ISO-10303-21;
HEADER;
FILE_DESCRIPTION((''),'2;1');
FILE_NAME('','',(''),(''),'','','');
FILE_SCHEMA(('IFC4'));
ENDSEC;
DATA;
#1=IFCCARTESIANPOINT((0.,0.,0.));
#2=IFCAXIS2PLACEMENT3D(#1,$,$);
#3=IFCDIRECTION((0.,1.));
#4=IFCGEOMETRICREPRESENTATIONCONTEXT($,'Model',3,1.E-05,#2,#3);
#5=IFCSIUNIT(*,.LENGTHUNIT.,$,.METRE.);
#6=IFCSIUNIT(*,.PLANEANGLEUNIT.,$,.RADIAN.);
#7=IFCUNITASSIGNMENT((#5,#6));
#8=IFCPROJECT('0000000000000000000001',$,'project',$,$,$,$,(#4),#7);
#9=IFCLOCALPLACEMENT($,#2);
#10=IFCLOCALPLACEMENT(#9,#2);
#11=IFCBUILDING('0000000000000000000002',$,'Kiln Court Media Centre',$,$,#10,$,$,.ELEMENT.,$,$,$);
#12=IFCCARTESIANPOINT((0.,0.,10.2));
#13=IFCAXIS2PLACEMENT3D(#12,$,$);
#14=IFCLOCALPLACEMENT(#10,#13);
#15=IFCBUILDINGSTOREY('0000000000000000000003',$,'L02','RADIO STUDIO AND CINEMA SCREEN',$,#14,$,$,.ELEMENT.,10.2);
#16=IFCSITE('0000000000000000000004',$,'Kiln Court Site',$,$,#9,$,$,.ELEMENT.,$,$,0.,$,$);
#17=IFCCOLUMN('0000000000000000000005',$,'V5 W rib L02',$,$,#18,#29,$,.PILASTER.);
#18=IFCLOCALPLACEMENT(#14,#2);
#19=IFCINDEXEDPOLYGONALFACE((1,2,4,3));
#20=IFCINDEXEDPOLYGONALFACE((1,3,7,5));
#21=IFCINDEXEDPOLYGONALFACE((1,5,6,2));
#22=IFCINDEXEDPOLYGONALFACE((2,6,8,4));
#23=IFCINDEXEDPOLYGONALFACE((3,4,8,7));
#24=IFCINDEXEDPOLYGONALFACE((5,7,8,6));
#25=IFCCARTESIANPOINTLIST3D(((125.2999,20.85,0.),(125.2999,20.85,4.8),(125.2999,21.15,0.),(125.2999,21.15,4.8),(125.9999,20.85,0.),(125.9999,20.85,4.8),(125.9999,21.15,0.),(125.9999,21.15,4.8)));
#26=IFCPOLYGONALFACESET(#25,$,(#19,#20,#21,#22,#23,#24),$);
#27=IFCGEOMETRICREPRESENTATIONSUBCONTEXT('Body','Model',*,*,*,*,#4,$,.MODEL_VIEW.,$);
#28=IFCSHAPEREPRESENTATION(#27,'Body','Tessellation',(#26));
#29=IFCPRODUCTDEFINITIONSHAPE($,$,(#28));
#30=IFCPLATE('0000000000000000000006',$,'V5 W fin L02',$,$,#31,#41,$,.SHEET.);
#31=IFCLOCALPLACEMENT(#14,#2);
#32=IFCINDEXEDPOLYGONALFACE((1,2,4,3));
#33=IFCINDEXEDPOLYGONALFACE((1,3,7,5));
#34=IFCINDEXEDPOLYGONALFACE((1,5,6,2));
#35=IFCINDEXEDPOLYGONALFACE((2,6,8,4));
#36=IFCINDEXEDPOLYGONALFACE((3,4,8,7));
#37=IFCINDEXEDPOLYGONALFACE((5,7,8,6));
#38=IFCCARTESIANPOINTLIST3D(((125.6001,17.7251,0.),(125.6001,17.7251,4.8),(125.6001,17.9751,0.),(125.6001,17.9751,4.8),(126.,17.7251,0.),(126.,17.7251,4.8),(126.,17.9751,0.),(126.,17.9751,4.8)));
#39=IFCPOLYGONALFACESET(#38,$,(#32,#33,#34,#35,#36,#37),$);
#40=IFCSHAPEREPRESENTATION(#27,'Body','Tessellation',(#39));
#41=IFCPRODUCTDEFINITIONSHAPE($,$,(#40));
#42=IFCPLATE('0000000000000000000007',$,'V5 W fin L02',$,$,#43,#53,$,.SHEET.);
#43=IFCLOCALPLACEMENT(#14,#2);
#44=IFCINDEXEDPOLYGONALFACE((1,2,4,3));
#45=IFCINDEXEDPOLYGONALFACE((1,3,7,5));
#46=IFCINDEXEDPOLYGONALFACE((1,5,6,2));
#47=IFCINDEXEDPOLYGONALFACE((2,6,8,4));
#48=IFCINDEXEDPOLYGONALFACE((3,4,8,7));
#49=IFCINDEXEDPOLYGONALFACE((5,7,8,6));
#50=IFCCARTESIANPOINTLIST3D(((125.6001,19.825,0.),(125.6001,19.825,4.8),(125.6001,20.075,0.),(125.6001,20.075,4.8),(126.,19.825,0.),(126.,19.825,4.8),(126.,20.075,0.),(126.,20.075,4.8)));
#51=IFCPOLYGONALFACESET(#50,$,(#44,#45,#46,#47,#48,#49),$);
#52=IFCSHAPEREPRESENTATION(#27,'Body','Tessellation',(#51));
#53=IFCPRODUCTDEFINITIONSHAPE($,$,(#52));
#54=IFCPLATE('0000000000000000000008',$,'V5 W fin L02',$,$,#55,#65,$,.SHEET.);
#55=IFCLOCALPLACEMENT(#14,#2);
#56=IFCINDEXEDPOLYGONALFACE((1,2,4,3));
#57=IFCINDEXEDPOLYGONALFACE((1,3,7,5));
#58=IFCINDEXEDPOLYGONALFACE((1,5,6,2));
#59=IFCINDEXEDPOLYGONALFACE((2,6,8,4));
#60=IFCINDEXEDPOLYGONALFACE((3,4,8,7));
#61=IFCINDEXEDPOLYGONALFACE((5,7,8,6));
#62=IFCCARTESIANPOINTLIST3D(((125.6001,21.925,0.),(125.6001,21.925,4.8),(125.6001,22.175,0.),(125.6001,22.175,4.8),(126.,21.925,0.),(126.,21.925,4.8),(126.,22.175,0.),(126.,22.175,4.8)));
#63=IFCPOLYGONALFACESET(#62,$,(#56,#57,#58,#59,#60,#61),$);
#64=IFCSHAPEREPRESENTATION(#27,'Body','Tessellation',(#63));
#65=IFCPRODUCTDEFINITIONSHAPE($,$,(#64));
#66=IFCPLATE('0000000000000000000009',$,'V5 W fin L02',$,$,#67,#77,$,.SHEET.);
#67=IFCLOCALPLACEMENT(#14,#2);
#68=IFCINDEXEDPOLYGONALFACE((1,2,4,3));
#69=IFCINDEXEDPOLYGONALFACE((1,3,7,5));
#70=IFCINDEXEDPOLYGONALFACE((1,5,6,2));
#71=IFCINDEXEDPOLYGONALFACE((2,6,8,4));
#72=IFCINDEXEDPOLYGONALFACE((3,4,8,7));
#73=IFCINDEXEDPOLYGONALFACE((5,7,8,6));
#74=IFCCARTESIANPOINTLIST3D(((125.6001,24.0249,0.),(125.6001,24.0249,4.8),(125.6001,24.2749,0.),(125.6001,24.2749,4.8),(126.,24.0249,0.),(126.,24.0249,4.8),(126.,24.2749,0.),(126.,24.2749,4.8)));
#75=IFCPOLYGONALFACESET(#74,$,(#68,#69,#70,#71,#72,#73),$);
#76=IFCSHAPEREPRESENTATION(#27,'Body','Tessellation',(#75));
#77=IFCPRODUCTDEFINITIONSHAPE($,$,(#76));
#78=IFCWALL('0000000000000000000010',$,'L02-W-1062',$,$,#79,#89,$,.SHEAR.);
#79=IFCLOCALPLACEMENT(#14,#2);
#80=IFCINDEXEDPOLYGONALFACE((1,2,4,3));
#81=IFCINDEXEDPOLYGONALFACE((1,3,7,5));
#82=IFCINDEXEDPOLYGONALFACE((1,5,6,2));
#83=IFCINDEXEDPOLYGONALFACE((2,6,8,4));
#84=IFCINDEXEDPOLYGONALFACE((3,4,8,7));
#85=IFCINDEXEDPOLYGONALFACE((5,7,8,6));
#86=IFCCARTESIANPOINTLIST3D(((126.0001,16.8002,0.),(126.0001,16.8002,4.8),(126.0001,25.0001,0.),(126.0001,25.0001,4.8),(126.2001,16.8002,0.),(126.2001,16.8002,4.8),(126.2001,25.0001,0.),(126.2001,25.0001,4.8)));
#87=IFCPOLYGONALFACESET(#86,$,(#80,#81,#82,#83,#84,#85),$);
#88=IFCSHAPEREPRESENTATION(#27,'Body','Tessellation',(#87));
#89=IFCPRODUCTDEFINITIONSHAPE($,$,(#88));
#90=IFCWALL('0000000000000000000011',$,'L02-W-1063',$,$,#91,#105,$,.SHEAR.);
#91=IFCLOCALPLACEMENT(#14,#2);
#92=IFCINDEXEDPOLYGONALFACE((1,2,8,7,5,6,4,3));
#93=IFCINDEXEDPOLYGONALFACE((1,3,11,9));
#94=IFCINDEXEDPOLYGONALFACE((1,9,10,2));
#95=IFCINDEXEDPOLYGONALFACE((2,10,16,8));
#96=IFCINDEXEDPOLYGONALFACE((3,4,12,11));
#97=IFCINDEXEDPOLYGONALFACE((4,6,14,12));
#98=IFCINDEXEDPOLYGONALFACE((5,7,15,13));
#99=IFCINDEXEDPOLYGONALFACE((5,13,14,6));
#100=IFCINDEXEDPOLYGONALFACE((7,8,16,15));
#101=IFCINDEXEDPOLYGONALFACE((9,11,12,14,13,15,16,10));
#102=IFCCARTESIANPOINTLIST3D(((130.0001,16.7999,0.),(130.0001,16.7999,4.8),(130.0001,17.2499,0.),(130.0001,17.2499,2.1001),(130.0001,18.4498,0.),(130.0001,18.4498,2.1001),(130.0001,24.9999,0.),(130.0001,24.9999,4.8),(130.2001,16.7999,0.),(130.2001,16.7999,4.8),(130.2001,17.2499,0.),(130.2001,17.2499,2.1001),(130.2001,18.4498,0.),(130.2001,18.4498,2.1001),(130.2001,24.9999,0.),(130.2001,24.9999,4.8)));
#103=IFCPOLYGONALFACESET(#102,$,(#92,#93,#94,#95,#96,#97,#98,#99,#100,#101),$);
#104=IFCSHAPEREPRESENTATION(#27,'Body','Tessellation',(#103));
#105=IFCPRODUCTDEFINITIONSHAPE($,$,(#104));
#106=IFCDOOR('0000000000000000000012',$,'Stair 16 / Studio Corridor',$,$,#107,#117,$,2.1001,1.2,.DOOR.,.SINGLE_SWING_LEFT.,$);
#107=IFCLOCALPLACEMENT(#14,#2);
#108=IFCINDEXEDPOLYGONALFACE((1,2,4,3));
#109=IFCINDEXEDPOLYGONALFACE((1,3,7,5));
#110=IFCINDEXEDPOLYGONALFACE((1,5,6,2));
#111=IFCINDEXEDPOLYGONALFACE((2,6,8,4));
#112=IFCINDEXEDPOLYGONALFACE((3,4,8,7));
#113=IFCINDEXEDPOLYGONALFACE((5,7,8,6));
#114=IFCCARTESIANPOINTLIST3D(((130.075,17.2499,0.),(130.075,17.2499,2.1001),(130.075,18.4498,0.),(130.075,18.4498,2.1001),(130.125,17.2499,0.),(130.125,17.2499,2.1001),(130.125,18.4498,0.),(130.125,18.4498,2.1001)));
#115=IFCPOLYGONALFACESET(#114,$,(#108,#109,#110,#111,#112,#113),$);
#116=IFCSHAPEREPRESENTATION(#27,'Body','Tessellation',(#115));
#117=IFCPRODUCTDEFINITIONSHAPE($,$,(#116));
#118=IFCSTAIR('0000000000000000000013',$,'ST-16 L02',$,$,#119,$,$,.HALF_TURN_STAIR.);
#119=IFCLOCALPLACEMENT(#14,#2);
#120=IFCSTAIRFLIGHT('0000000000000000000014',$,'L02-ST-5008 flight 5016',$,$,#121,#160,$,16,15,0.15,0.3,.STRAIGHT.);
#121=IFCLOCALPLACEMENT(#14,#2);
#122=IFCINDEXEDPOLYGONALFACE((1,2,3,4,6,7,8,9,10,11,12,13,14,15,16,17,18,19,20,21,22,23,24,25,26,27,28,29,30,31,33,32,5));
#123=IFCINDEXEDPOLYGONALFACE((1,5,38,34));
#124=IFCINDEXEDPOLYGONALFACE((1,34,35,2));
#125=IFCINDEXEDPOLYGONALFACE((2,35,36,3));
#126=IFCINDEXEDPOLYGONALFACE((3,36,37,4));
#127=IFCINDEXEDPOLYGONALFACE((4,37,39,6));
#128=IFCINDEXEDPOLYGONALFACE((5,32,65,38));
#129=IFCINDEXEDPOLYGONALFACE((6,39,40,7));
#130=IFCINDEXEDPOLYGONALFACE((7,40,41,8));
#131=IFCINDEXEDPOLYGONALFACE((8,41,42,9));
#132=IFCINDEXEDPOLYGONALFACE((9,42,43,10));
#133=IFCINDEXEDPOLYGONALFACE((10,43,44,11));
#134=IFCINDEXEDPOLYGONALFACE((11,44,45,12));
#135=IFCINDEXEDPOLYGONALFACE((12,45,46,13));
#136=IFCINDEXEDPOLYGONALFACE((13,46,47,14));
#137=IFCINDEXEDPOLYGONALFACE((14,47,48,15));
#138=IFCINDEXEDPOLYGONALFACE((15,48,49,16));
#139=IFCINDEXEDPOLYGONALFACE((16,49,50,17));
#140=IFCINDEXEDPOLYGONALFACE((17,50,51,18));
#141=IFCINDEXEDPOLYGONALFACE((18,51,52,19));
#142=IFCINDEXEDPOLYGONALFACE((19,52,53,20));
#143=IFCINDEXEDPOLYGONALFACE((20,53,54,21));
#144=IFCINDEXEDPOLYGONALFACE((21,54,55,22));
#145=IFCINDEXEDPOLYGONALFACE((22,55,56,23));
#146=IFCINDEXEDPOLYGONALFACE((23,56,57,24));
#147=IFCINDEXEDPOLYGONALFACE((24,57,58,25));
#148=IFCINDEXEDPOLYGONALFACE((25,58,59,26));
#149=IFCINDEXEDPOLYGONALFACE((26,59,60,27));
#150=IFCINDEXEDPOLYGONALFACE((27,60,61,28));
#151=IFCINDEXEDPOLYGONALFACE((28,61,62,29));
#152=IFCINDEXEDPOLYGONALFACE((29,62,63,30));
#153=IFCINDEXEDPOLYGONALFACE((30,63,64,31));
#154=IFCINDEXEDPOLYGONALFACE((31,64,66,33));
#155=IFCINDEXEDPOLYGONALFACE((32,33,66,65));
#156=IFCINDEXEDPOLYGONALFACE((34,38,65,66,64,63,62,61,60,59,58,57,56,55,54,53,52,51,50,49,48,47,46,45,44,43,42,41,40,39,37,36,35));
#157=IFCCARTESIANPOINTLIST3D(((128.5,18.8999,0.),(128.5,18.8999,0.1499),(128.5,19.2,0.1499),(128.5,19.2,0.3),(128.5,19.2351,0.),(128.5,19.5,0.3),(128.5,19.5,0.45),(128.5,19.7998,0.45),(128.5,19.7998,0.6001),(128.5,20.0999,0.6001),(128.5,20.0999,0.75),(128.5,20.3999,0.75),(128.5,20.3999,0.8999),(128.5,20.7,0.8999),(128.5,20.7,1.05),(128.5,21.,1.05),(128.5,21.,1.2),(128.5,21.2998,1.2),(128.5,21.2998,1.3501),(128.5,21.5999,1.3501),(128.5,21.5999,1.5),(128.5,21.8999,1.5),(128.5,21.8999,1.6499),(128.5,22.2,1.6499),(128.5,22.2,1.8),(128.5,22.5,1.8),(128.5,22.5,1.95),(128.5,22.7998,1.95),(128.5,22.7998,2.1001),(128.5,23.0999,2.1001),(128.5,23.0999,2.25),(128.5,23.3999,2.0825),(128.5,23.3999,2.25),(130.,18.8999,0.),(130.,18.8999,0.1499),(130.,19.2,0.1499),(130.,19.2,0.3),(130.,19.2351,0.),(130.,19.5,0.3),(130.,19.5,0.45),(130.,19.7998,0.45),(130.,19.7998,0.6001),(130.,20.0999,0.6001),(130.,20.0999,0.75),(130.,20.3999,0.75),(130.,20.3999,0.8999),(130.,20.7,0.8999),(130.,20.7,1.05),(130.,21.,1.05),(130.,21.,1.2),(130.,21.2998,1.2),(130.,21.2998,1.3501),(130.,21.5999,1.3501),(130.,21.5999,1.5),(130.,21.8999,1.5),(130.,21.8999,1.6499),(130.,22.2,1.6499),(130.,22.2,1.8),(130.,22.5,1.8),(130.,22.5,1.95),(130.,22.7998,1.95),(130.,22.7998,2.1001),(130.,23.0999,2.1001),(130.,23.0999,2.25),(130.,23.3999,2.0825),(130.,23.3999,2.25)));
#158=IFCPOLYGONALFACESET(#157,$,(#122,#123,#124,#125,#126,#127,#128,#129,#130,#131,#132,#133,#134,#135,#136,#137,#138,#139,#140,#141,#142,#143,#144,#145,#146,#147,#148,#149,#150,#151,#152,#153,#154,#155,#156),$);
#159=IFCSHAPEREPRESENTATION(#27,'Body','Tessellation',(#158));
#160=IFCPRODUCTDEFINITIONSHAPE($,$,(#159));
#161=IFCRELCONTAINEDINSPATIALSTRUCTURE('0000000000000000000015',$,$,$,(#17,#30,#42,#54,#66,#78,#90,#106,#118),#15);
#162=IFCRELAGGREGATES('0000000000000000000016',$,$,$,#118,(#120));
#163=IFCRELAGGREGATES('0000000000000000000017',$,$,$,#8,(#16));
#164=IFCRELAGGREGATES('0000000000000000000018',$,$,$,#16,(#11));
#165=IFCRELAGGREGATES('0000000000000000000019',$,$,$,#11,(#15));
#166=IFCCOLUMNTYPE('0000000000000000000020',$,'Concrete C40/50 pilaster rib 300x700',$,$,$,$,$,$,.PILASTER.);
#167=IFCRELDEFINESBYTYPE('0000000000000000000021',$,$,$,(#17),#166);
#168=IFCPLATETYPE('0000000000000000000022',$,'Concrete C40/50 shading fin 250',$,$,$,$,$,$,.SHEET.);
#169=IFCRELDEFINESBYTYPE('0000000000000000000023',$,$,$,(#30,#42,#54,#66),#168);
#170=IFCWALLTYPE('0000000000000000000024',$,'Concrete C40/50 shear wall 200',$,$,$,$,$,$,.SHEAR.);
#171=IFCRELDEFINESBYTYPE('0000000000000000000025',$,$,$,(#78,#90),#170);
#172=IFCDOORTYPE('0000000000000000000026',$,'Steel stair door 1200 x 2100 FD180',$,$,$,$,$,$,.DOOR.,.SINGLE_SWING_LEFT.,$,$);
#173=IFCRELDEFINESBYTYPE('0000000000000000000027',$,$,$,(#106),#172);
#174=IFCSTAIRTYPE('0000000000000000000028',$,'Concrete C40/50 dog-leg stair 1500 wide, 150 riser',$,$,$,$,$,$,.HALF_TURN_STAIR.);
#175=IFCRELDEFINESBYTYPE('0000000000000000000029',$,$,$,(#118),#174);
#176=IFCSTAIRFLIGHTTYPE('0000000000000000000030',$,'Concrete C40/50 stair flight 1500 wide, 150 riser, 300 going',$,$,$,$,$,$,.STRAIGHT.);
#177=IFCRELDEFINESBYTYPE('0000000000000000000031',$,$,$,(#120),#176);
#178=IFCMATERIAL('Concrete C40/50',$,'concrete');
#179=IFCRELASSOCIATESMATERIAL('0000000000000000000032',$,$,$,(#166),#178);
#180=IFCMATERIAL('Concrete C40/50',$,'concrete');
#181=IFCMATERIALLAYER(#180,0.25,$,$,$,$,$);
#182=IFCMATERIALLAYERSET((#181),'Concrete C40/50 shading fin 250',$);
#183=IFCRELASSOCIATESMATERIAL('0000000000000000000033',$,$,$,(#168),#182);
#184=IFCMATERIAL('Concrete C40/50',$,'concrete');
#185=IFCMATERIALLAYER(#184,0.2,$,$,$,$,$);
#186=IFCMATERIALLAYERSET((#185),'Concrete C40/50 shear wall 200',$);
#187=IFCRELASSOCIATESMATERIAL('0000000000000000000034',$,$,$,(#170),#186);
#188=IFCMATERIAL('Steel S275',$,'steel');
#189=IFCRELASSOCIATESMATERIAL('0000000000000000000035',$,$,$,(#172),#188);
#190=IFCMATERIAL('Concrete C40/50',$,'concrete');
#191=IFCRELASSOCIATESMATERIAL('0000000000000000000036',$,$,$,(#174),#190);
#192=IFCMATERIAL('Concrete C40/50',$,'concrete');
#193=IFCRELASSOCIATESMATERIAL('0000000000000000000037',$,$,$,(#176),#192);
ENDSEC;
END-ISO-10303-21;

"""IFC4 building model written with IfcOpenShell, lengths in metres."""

from ifc_helpers import new_model, si_unit, direction, frame, frame_2d, origin, origin_2d, place, context, subcontext, project, spatial, polyline, rectangle, outline, extrude, material, layer, layer_set, material_profile, profile_set, type_object, element, fill, aggregate, save


model = new_model("IFC4")

# Units and contexts
model_context = context("Model", 3, precision=1e-05, world=origin(), true_north=direction((0.0, 1.0)))
body_context = subcontext(model_context, "Body", "Model", "MODEL_VIEW")
ifc_project = project(units=[si_unit("LENGTHUNIT", "METRE"), si_unit("PLANEANGLEUNIT", "RADIAN")], contexts=[model_context])

# Site, building, storey
site_placement = place(None, origin())
site = spatial("IfcSite", under=ifc_project, at=site_placement, Name="Kiln Court Site", CompositionType="ELEMENT", RefElevation=0.0)
building_placement = place(site_placement, origin())
building = spatial("IfcBuilding", under=site, at=building_placement, Name="Kiln Court Media Centre", CompositionType="ELEMENT")
storey_placement = place(building_placement, frame((0.0, 0.0, 10.2)))
storey = spatial("IfcBuildingStorey", under=building, at=storey_placement, Name="L02", Description="RADIO STUDIO AND CINEMA SCREEN", CompositionType="ELEMENT", Elevation=10.2)

# Column
ifc_material_1 = material(Name="Concrete C40/50", Category="concrete")
ifc_material_profile = material_profile(ifc_material_1, rectangle(XDim=0.3, YDim=0.7, at=origin_2d()), Name="RC 300x700")
ifc_profile_set = profile_set([ifc_material_profile], Name="Concrete C40/50")
column_type = type_object("IfcColumnType", Name="Concrete C40/50 pilaster rib 300x700", PredefinedType="PILASTER", material=ifc_profile_set)
column_placement = place(storey_placement, frame((125.6499, 21.0, 0.0), z_axis=(0.0, 0.0, 1.0), x_axis=(0.0, 1.0, 0.0)))
element("IfcColumn", 1, at=column_placement, inside=storey, type_object=column_type, Name="V5 W rib L02", PredefinedType="PILASTER", context=body_context, shape_type="SweptSolid", body=[
    extrude(rectangle(XDim=0.3, YDim=0.7, at=origin_2d()), origin(), (0.0, 0.0, 1.0), 4.8),
])

# Plates
ifc_material_2 = material(Name="Concrete C40/50", Category="concrete")
ifc_layer_1 = layer(ifc_material_2, 0.25)
ifc_layer_set_1 = layer_set([ifc_layer_1], Name="Concrete C40/50 shading fin 250")
plate_type = type_object("IfcPlateType", Name="Concrete C40/50 shading fin 250", PredefinedType="SHEET", material=ifc_layer_set_1)
for number, where, z_axis, x_axis, name in (
    (2, (125.8, 17.8501, 0.0), (0.0, 0.0, 1.0), (1.0, 0.0, 0.0), "V5 W fin L02"),
    (3, (125.8, 19.95, 0.0), (0.0, 0.0, 1.0), (1.0, 0.0, 0.0), "V5 W fin L02"),
    (4, (125.8, 22.05, 0.0), (0.0, 0.0, 1.0), (1.0, 0.0, 0.0), "V5 W fin L02"),
    (5, (125.8, 24.1499, 0.0), (0.0, 0.0, 1.0), (1.0, 0.0, 0.0), "V5 W fin L02"),
):
    element("IfcPlate", number, at=place(storey_placement, frame(where, z_axis=z_axis, x_axis=x_axis)), inside=storey, type_object=plate_type, Name=name, PredefinedType="SHEET", context=body_context, shape_type="SweptSolid", body=[
        extrude(rectangle(XDim=0.3999, YDim=0.25, at=origin_2d()), origin(), (0.0, 0.0, 1.0), 4.8),
    ])

# Wall
ifc_material_3 = material(Name="Concrete C40/50", Category="concrete")
ifc_layer_2 = layer(ifc_material_3, 0.2)
ifc_layer_set_2 = layer_set([ifc_layer_2], Name="Concrete C40/50 shear wall 200")
wall_type = type_object("IfcWallType", Name="Concrete C40/50 shear wall 200", PredefinedType="SHEAR", material=ifc_layer_set_2)
wall_1_placement = place(storey_placement, frame((126.1001, 16.8, 0.0), z_axis=(0.0, 0.0, 1.0), x_axis=(0.0, 1.0, 0.0)))
element("IfcWall", 6, at=wall_1_placement, inside=storey, type_object=wall_type, Name="L02-W-1062", PredefinedType="SHEAR", context=body_context, shape_type="SweptSolid", body=[
    extrude(rectangle(XDim=8.2, YDim=0.2, at=frame_2d((4.1001, 0.0))), origin(), (0.0, 0.0, 1.0), 4.8),
])

# Wall, opening, door
wall_2_placement = place(storey_placement, frame((130.1001, 25.0, 0.0), z_axis=(0.0, 0.0, 1.0), x_axis=(0.0, -1.0, 0.0)))
wall_2 = element("IfcWall", 7, at=wall_2_placement, inside=storey, type_object=wall_type, Name="L02-W-1063", PredefinedType="SHEAR", context=body_context, shape_type="SweptSolid", body=[
    extrude(rectangle(XDim=8.2, YDim=0.2, at=frame_2d((4.1001, 0.0))), origin(), (0.0, 0.0, 1.0), 4.8),
])
opening_placement = place(wall_2_placement, frame((6.55, 0.0, 0.0)))
opening = element("IfcOpeningElement", 8, at=opening_placement, cuts=wall_2, PredefinedType="OPENING", context=body_context, shape_type="SweptSolid", body=[
    extrude(rectangle(XDim=1.2, YDim=2.1001, at=frame_2d((0.6001, 1.05))), frame((0.0, 0.1099, 0.0), z_axis=(0.0, -1.0, 0.0), x_axis=(1.0, 0.0, 0.0)), (0.0, 0.0, 1.0), 0.22),
])
ifc_material_4 = material(Name="Steel S275", Category="steel")
door_type = type_object("IfcDoorType", Name="Steel stair door 1200 x 2100 FD180", OperationType="SINGLE_SWING_LEFT", PredefinedType="DOOR", material=ifc_material_4)
door_placement = place(opening_placement, origin())
door = element("IfcDoor", 9, at=door_placement, inside=storey, type_object=door_type, Name="Stair 16 / Studio Corridor", OperationType="SINGLE_SWING_LEFT", OverallHeight=2.1001, OverallWidth=1.2, PredefinedType="DOOR", context=body_context, shape_type="SweptSolid", body=[
    extrude(rectangle(XDim=1.2, YDim=2.1001, at=frame_2d((0.6001, 1.05))), frame((0.0, 0.0249, 0.0), z_axis=(0.0, -1.0, 0.0), x_axis=(1.0, 0.0, 0.0)), (0.0, 0.0, 1.0), 0.05),
])
fill(opening, door)

# Stair, stair flight
ifc_material_5 = material(Name="Concrete C40/50", Category="concrete")
stair_type = type_object("IfcStairType", Name="Concrete C40/50 dog-leg stair 1500 wide, 150 riser", PredefinedType="HALF_TURN_STAIR", material=ifc_material_5)
stair_placement = place(storey_placement, origin())
stair = element("IfcStair", 10, at=stair_placement, inside=storey, type_object=stair_type, Name="ST-16 L02", PredefinedType="HALF_TURN_STAIR")
ifc_material_6 = material(Name="Concrete C40/50", Category="concrete")
stair_flight_type = type_object("IfcStairFlightType", Name="Concrete C40/50 stair flight 1500 wide, 150 riser, 300 going", PredefinedType="STRAIGHT", material=ifc_material_6)
stair_flight_1_placement = place(storey_placement, frame((129.25, 18.8999, 0.0), z_axis=(0.0, 0.0, 1.0), x_axis=(0.0, 1.0, 0.0)))
stair_flight_1 = element("IfcStairFlight", 11, at=stair_flight_1_placement, type_object=stair_flight_type, Name="L02-ST-5008 flight 5016", NumberOfRisers=16, NumberOfTreads=15, PredefinedType="STRAIGHT", RiserHeight=0.15, TreadLength=0.3, context=body_context, shape_type="SweptSolid", body=[
    extrude(outline(polyline([(0.0, 0.0), (0.0, 0.1499), (0.3, 0.1499), (0.3, 0.3), (0.6001, 0.3), (0.6001, 0.45), (0.8999, 0.45), (0.8999, 0.6001), (1.2, 0.6001), (1.2, 0.75), (1.5, 0.75), (1.5, 0.8999), (1.8, 0.8999), (1.8, 1.05), (2.1001, 1.05), (2.1001, 1.2), (2.3999, 1.2), (2.3999, 1.3501), (2.7, 1.3501), (2.7, 1.5), (3.0, 1.5), (3.0, 1.6499), (3.3, 1.6499), (3.3, 1.8), (3.6001, 1.8), (3.6001, 1.95), (3.8999, 1.95), (3.8999, 2.1001), (4.2, 2.1001), (4.2, 2.25), (4.5, 2.25), (4.5, 2.3999), (4.5, 2.0825), (0.3352, 0.0), (0.0, 0.0)])), frame((0.0, 0.75, 0.0), z_axis=(0.0, -1.0, 0.0), x_axis=(1.0, 0.0, 0.0)), (0.0, 0.0, 1.0), 1.5),
])
aggregate(stair, [stair_flight_1])

save(model, "model.ifc")
